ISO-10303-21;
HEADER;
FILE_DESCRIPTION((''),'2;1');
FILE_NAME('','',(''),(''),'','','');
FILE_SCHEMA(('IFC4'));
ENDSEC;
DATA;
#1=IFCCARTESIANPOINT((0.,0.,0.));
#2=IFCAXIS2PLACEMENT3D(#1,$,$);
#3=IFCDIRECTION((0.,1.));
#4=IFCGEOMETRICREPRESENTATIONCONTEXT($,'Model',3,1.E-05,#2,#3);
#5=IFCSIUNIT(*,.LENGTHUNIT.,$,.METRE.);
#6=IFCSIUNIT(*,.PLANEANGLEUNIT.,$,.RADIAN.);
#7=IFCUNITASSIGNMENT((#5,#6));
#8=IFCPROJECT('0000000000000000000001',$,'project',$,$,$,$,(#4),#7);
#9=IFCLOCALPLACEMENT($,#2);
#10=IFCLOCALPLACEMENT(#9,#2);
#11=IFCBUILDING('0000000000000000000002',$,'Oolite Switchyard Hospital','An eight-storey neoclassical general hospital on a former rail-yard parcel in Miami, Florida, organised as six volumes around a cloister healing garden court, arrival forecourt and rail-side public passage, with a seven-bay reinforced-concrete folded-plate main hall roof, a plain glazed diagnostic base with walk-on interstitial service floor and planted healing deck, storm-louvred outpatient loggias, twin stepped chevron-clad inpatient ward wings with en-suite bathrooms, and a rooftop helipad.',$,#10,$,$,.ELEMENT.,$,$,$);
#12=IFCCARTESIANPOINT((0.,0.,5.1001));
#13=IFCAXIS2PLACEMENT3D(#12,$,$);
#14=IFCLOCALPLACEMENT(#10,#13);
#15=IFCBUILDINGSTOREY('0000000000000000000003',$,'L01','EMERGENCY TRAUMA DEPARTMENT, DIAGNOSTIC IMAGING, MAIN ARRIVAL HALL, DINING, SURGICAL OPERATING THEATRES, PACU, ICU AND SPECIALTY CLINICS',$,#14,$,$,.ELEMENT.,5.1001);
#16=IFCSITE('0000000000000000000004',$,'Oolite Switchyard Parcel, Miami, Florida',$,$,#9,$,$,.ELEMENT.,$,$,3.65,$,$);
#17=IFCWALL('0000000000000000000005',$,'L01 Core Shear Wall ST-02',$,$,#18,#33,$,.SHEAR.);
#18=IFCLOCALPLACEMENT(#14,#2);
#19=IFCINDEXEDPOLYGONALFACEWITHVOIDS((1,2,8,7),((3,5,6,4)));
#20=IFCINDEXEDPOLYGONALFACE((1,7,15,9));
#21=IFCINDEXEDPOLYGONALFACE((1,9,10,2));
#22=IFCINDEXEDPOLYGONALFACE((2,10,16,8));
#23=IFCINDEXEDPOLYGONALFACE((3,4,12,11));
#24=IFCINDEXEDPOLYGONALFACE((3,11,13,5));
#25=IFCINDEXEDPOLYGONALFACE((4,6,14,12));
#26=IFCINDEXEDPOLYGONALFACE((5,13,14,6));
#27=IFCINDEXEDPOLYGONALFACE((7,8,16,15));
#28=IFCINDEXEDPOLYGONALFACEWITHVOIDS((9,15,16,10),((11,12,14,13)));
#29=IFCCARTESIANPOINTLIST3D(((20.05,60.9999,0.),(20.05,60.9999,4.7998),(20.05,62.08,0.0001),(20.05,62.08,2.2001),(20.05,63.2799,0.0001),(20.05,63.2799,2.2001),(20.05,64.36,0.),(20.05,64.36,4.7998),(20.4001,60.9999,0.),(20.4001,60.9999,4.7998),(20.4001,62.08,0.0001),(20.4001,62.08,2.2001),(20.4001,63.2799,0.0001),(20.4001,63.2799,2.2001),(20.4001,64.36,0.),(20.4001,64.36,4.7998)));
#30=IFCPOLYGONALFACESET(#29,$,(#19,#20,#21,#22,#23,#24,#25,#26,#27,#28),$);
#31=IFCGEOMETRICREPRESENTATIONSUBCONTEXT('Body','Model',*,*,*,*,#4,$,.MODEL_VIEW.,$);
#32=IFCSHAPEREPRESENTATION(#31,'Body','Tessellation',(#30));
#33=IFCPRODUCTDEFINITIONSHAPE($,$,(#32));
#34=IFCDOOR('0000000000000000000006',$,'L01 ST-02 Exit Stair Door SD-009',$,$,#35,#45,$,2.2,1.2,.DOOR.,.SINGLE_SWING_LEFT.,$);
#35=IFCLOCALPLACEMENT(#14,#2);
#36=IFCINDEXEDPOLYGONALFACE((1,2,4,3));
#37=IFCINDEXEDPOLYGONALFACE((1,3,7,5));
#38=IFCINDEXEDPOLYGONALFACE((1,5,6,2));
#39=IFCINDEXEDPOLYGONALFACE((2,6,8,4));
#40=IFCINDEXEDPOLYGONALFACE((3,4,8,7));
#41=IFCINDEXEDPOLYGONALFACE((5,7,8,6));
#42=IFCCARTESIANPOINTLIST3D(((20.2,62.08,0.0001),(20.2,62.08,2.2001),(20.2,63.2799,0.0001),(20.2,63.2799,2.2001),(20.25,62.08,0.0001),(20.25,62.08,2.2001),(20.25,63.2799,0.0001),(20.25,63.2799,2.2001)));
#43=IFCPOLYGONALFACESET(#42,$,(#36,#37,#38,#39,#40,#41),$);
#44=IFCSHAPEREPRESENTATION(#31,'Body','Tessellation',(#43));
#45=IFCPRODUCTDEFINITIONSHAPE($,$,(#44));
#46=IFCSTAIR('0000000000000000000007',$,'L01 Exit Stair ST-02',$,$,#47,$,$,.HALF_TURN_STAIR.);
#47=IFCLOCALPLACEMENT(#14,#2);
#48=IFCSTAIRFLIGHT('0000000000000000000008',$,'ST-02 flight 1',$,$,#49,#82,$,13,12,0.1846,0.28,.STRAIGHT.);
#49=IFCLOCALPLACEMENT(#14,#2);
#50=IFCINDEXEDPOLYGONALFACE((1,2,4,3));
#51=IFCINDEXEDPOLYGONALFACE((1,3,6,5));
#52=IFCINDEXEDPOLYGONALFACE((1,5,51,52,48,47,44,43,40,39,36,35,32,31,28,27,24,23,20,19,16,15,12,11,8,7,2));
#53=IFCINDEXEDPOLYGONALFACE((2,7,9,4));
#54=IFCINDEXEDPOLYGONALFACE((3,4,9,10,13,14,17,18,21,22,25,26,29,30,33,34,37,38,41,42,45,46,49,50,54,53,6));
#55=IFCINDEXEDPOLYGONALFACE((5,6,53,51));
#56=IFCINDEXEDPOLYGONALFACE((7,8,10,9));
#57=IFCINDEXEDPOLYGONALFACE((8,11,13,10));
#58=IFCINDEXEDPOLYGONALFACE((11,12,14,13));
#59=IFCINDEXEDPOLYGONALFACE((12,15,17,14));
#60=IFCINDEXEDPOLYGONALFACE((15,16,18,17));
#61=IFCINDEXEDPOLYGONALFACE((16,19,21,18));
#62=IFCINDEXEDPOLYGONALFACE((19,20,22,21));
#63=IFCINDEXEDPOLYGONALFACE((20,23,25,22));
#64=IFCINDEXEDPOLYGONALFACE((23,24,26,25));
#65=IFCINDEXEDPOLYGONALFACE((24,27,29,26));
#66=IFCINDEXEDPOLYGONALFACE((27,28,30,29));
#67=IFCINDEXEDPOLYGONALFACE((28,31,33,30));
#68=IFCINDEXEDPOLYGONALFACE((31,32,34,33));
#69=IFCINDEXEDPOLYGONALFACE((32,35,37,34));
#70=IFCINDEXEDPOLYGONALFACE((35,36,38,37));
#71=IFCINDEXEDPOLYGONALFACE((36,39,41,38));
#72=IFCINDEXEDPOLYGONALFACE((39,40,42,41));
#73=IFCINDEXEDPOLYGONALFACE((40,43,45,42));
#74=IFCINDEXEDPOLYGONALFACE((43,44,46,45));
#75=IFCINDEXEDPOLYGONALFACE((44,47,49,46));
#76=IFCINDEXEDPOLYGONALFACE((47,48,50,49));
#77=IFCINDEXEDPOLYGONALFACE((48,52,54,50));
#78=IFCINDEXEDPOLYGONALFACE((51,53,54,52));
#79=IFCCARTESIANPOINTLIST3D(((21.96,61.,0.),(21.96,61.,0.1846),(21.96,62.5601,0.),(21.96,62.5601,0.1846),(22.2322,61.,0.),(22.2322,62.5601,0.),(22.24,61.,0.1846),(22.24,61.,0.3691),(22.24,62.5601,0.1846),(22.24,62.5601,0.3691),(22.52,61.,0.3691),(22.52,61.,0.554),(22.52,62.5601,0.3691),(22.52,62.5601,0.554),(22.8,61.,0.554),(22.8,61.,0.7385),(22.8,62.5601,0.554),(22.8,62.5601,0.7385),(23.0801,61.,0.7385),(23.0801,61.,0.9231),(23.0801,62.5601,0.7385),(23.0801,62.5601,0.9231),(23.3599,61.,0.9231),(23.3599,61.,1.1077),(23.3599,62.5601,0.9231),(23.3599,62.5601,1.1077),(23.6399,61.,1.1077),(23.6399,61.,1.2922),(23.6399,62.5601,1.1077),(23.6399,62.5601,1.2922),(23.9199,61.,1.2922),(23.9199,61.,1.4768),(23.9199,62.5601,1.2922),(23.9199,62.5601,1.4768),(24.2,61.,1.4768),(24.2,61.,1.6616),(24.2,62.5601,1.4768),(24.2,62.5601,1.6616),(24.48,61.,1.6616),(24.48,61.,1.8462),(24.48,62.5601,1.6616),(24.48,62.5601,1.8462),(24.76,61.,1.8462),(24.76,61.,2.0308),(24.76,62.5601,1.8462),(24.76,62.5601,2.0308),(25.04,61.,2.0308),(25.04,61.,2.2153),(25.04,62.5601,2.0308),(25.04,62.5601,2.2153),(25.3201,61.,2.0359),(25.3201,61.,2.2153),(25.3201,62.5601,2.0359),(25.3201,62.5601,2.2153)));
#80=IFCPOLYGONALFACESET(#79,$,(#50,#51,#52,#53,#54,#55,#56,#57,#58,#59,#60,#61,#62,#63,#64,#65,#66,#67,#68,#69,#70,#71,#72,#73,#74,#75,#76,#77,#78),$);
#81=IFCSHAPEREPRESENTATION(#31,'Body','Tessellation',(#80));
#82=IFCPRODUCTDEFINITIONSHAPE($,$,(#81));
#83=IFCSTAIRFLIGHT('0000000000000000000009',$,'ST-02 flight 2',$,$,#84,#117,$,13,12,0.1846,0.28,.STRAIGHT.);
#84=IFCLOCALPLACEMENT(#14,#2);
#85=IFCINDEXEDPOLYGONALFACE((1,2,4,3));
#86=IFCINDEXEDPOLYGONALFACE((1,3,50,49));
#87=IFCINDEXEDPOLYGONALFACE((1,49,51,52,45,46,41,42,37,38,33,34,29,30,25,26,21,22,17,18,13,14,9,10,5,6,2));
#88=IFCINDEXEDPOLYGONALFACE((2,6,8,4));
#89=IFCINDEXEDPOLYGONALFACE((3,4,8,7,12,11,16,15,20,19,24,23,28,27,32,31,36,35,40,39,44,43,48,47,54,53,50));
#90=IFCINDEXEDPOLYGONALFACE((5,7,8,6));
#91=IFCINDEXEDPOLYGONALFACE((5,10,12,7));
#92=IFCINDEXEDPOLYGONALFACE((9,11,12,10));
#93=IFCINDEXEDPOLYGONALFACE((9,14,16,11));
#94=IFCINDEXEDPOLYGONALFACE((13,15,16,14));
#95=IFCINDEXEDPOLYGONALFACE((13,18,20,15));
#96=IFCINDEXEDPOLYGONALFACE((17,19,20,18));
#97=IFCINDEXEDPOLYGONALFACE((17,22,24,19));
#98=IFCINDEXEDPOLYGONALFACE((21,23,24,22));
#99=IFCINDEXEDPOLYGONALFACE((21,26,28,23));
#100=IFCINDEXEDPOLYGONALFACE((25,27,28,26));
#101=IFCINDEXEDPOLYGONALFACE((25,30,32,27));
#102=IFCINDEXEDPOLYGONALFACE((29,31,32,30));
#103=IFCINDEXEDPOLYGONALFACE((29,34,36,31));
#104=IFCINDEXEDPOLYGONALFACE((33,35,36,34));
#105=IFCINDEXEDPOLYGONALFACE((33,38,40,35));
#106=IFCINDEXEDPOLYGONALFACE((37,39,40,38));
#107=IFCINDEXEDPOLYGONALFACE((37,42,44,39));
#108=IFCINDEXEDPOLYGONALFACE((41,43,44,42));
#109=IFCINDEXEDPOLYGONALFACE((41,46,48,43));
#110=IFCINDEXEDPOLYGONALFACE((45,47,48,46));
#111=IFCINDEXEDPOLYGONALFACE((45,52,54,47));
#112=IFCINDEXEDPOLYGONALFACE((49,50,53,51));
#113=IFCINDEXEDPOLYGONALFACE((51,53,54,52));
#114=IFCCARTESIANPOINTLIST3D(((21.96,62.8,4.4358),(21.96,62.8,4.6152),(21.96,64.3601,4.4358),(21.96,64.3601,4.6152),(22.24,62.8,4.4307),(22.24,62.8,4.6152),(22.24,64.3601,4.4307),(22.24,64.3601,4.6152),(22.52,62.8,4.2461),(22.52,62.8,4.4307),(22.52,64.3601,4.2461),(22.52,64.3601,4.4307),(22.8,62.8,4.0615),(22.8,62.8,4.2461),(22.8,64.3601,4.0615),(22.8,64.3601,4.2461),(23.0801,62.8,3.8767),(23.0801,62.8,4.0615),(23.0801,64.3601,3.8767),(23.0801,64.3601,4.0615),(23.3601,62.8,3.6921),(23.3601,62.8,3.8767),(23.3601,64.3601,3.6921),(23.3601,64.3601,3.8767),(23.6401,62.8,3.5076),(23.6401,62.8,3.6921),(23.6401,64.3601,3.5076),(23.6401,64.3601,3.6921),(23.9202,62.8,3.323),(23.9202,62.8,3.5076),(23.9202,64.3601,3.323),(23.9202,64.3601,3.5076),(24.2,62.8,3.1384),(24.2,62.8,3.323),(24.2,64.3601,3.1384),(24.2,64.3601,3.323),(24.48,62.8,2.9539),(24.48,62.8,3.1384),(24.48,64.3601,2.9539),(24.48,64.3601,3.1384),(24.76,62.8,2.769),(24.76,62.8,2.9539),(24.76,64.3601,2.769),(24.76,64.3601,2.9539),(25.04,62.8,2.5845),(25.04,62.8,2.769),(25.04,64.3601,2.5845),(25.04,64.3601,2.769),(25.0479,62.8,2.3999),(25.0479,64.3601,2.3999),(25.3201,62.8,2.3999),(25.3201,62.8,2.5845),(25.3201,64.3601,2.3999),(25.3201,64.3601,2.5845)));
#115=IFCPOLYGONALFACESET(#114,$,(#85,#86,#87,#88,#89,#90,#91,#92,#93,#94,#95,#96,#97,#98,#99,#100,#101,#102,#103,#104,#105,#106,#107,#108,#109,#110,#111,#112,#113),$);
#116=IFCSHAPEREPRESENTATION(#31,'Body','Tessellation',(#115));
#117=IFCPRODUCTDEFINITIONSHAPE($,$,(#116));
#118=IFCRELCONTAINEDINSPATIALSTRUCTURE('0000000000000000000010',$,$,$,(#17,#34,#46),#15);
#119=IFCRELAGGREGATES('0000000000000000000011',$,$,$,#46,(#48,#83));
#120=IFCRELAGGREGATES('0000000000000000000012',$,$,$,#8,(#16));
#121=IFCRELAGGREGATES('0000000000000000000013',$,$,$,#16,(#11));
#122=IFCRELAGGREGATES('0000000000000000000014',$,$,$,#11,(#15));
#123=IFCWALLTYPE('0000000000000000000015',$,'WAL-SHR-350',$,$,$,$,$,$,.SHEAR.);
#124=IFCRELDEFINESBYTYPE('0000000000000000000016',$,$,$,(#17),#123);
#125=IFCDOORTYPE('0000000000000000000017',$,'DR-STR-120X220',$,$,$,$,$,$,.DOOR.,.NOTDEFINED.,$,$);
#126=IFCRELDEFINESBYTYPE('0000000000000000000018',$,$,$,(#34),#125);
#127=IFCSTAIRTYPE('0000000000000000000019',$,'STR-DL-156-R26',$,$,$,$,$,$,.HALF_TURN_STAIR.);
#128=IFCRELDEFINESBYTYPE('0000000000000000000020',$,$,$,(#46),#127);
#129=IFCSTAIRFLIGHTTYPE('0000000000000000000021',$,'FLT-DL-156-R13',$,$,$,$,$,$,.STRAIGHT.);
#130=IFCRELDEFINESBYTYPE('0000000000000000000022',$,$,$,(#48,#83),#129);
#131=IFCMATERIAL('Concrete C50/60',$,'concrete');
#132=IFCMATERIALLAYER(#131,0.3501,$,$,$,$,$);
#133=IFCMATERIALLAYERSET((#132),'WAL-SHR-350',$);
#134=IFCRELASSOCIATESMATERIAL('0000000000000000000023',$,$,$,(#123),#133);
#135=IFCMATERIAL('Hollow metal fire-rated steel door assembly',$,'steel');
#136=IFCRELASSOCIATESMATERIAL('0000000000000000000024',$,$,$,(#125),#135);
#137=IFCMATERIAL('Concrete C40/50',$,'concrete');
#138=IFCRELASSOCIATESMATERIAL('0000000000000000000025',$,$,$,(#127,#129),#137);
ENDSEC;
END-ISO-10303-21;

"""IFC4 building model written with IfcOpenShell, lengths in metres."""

from ifc_helpers import new_model, si_unit, direction, frame, frame_2d, origin, place, context, subcontext, project, spatial, polyline, rectangle, outline, extrude, material, layer, layer_set, type_object, element, fill, aggregate, save


model = new_model("IFC4")

# Units and contexts
model_context = context("Model", 3, precision=1e-05, world=origin(), true_north=direction((0.0, 1.0)))
body_context = subcontext(model_context, "Body", "Model", "MODEL_VIEW")
ifc_project = project(units=[si_unit("LENGTHUNIT", "METRE"), si_unit("PLANEANGLEUNIT", "RADIAN")], contexts=[model_context])

# Site, building, storey
site_placement = place(None, origin())
site = spatial("IfcSite", under=ifc_project, at=site_placement, Name="Oolite Switchyard Parcel, Miami, Florida", CompositionType="ELEMENT", RefElevation=3.65)
building_placement = place(site_placement, origin())
building = spatial("IfcBuilding", under=site, at=building_placement, Name="Oolite Switchyard Hospital", Description="An eight-storey neoclassical general hospital on a former rail-yard parcel in Miami, Florida, organised as six volumes around a cloister healing garden court, arrival forecourt and rail-side public passage, with a seven-bay reinforced-concrete folded-plate main hall roof, a plain glazed diagnostic base with walk-on interstitial service floor and planted healing deck, storm-louvred outpatient loggias, twin stepped chevron-clad inpatient ward wings with en-suite bathrooms, and a rooftop helipad.", CompositionType="ELEMENT")
storey_placement = place(building_placement, frame((0.0, 0.0, 5.1001)))
storey = spatial("IfcBuildingStorey", under=building, at=storey_placement, Name="L01", Description="EMERGENCY TRAUMA DEPARTMENT, DIAGNOSTIC IMAGING, MAIN ARRIVAL HALL, DINING, SURGICAL OPERATING THEATRES, PACU, ICU AND SPECIALTY CLINICS", CompositionType="ELEMENT", Elevation=5.1001)

# Shared definitions
ifc_material_1 = material(Name="Concrete C50/60", Category="concrete")

# Shared definitions
ifc_material_2 = material(Name="Concrete C40/50", Category="concrete")

# Shared definitions
ifc_layer_1 = layer(ifc_material_1, 0.3501)
ifc_layer_set_1 = layer_set([ifc_layer_1], Name="WAL-SHR-350")
wall_type_1 = type_object("IfcWallType", Name="WAL-SHR-350", PredefinedType="SHEAR", material=ifc_layer_set_1)

# Wall, opening, door
wall_1_placement = place(storey_placement, frame((20.2251, 64.3601, 0.0), z_axis=(0.0, 0.0, 1.0), x_axis=(0.0, -1.0, 0.0)))
wall_1 = element("IfcWall", 1, at=wall_1_placement, inside=storey, type_object=wall_type_1, Name="L01 Core Shear Wall ST-02", PredefinedType="SHEAR", context=body_context, shape_type="SweptSolid", body=[
    extrude(rectangle(XDim=3.3601, YDim=0.3501, at=frame_2d((1.6802, 0.0))), origin(), (0.0, 0.0, 1.0), 4.7998),
])
opening_1_placement = place(wall_1_placement, frame((1.0801, 0.0, 0.0)))
opening_1 = element("IfcOpeningElement", 2, at=opening_1_placement, cuts=wall_1, PredefinedType="OPENING", context=body_context, shape_type="SweptSolid", body=[
    extrude(rectangle(XDim=1.2, YDim=2.2, at=frame_2d((0.6001, 1.1001))), frame((0.0, 0.1851, 0.0), z_axis=(0.0, -1.0, 0.0), x_axis=(1.0, 0.0, 0.0)), (0.0, 0.0, 1.0), 0.3701),
])
ifc_material_3 = material(Name="Hollow metal fire-rated steel door assembly", Category="steel")
door_type_1 = type_object("IfcDoorType", Name="DR-STR-120X220", OperationType="NOTDEFINED", PredefinedType="DOOR", material=ifc_material_3)
door_1_placement = place(opening_1_placement, origin())
door_1 = element("IfcDoor", 3, at=door_1_placement, inside=storey, type_object=door_type_1, Name="L01 ST-02 Exit Stair Door SD-009", OperationType="SINGLE_SWING_LEFT", OverallHeight=2.2, OverallWidth=1.2, PredefinedType="DOOR", context=body_context, shape_type="SweptSolid", body=[
    extrude(rectangle(XDim=1.2, YDim=2.2, at=frame_2d((0.6001, 1.1001))), frame((0.0, 0.0249, 0.0), z_axis=(0.0, -1.0, 0.0), x_axis=(1.0, 0.0, 0.0)), (0.0, 0.0, 1.0), 0.05),
])
fill(opening_1, door_1)

# Stair, stair flights
stair_type = type_object("IfcStairType", Name="STR-DL-156-R26", PredefinedType="HALF_TURN_STAIR", material=ifc_material_2)
stair_placement = place(storey_placement, origin())
stair = element("IfcStair", 4, at=stair_placement, inside=storey, type_object=stair_type, Name="L01 Exit Stair ST-02", PredefinedType="HALF_TURN_STAIR")
stair_flight_type = type_object("IfcStairFlightType", Name="FLT-DL-156-R13", PredefinedType="STRAIGHT", material=ifc_material_2)
stair_flight_1_placement = place(storey_placement, frame((21.96, 61.78, 0.0), z_axis=(0.0, 0.0, 1.0), x_axis=(1.0, 0.0, 0.0)))
stair_flight_1 = element("IfcStairFlight", 5, at=stair_flight_1_placement, type_object=stair_flight_type, Name="ST-02 flight 1", NumberOfRisers=13, NumberOfTreads=12, PredefinedType="STRAIGHT", RiserHeight=0.1846, TreadLength=0.28, context=body_context, shape_type="SweptSolid", body=[
    extrude(outline(polyline([(0.0, 0.0), (0.0, 0.1846), (0.28, 0.1846), (0.28, 0.3691), (0.5601, 0.3691), (0.5601, 0.554), (0.8401, 0.554), (0.8401, 0.7385), (1.1201, 0.7385), (1.1201, 0.9231), (1.3999, 0.9231), (1.3999, 1.1077), (1.6799, 1.1077), (1.6799, 1.2922), (1.96, 1.2922), (1.96, 1.4768), (2.24, 1.4768), (2.24, 1.6616), (2.52, 1.6616), (2.52, 1.8462), (2.8, 1.8462), (2.8, 2.0308), (3.0801, 2.0308), (3.0801, 2.2153), (3.3601, 2.2153), (3.3601, 2.3999), (3.3601, 2.0359), (0.2722, 0.0), (0.0, 0.0)])), frame((0.0, 0.78, 0.0), z_axis=(0.0, -1.0, 0.0), x_axis=(1.0, 0.0, 0.0)), (0.0, 0.0, 1.0), 1.5601),
])
stair_flight_2_placement = place(storey_placement, frame((25.3201, 63.5801, 2.3999), z_axis=(0.0, 0.0, 1.0), x_axis=(-1.0, 0.0, 0.0)))
stair_flight_2 = element("IfcStairFlight", 6, at=stair_flight_2_placement, type_object=stair_flight_type, Name="ST-02 flight 2", NumberOfRisers=13, NumberOfTreads=12, PredefinedType="STRAIGHT", RiserHeight=0.1846, TreadLength=0.28, context=body_context, shape_type="SweptSolid", body=[
    extrude(outline(polyline([(0.0, 0.0), (0.0, 0.1846), (0.28, 0.1846), (0.28, 0.3691), (0.5601, 0.3691), (0.5601, 0.554), (0.8401, 0.554), (0.8401, 0.7385), (1.1201, 0.7385), (1.1201, 0.9231), (1.3999, 0.9231), (1.3999, 1.1077), (1.6799, 1.1077), (1.6799, 1.2922), (1.96, 1.2922), (1.96, 1.4768), (2.24, 1.4768), (2.24, 1.6616), (2.52, 1.6616), (2.52, 1.8462), (2.8, 1.8462), (2.8, 2.0308), (3.0801, 2.0308), (3.0801, 2.2153), (3.3601, 2.2153), (3.3601, 2.3999), (3.3601, 2.0359), (0.2722, 0.0), (0.0, 0.0)])), frame((0.0, 0.78, 0.0), z_axis=(0.0, -1.0, 0.0), x_axis=(1.0, 0.0, 0.0)), (0.0, 0.0, 1.0), 1.5601),
])
aggregate(stair, [stair_flight_1, stair_flight_2])

save(model, "model.ifc")
